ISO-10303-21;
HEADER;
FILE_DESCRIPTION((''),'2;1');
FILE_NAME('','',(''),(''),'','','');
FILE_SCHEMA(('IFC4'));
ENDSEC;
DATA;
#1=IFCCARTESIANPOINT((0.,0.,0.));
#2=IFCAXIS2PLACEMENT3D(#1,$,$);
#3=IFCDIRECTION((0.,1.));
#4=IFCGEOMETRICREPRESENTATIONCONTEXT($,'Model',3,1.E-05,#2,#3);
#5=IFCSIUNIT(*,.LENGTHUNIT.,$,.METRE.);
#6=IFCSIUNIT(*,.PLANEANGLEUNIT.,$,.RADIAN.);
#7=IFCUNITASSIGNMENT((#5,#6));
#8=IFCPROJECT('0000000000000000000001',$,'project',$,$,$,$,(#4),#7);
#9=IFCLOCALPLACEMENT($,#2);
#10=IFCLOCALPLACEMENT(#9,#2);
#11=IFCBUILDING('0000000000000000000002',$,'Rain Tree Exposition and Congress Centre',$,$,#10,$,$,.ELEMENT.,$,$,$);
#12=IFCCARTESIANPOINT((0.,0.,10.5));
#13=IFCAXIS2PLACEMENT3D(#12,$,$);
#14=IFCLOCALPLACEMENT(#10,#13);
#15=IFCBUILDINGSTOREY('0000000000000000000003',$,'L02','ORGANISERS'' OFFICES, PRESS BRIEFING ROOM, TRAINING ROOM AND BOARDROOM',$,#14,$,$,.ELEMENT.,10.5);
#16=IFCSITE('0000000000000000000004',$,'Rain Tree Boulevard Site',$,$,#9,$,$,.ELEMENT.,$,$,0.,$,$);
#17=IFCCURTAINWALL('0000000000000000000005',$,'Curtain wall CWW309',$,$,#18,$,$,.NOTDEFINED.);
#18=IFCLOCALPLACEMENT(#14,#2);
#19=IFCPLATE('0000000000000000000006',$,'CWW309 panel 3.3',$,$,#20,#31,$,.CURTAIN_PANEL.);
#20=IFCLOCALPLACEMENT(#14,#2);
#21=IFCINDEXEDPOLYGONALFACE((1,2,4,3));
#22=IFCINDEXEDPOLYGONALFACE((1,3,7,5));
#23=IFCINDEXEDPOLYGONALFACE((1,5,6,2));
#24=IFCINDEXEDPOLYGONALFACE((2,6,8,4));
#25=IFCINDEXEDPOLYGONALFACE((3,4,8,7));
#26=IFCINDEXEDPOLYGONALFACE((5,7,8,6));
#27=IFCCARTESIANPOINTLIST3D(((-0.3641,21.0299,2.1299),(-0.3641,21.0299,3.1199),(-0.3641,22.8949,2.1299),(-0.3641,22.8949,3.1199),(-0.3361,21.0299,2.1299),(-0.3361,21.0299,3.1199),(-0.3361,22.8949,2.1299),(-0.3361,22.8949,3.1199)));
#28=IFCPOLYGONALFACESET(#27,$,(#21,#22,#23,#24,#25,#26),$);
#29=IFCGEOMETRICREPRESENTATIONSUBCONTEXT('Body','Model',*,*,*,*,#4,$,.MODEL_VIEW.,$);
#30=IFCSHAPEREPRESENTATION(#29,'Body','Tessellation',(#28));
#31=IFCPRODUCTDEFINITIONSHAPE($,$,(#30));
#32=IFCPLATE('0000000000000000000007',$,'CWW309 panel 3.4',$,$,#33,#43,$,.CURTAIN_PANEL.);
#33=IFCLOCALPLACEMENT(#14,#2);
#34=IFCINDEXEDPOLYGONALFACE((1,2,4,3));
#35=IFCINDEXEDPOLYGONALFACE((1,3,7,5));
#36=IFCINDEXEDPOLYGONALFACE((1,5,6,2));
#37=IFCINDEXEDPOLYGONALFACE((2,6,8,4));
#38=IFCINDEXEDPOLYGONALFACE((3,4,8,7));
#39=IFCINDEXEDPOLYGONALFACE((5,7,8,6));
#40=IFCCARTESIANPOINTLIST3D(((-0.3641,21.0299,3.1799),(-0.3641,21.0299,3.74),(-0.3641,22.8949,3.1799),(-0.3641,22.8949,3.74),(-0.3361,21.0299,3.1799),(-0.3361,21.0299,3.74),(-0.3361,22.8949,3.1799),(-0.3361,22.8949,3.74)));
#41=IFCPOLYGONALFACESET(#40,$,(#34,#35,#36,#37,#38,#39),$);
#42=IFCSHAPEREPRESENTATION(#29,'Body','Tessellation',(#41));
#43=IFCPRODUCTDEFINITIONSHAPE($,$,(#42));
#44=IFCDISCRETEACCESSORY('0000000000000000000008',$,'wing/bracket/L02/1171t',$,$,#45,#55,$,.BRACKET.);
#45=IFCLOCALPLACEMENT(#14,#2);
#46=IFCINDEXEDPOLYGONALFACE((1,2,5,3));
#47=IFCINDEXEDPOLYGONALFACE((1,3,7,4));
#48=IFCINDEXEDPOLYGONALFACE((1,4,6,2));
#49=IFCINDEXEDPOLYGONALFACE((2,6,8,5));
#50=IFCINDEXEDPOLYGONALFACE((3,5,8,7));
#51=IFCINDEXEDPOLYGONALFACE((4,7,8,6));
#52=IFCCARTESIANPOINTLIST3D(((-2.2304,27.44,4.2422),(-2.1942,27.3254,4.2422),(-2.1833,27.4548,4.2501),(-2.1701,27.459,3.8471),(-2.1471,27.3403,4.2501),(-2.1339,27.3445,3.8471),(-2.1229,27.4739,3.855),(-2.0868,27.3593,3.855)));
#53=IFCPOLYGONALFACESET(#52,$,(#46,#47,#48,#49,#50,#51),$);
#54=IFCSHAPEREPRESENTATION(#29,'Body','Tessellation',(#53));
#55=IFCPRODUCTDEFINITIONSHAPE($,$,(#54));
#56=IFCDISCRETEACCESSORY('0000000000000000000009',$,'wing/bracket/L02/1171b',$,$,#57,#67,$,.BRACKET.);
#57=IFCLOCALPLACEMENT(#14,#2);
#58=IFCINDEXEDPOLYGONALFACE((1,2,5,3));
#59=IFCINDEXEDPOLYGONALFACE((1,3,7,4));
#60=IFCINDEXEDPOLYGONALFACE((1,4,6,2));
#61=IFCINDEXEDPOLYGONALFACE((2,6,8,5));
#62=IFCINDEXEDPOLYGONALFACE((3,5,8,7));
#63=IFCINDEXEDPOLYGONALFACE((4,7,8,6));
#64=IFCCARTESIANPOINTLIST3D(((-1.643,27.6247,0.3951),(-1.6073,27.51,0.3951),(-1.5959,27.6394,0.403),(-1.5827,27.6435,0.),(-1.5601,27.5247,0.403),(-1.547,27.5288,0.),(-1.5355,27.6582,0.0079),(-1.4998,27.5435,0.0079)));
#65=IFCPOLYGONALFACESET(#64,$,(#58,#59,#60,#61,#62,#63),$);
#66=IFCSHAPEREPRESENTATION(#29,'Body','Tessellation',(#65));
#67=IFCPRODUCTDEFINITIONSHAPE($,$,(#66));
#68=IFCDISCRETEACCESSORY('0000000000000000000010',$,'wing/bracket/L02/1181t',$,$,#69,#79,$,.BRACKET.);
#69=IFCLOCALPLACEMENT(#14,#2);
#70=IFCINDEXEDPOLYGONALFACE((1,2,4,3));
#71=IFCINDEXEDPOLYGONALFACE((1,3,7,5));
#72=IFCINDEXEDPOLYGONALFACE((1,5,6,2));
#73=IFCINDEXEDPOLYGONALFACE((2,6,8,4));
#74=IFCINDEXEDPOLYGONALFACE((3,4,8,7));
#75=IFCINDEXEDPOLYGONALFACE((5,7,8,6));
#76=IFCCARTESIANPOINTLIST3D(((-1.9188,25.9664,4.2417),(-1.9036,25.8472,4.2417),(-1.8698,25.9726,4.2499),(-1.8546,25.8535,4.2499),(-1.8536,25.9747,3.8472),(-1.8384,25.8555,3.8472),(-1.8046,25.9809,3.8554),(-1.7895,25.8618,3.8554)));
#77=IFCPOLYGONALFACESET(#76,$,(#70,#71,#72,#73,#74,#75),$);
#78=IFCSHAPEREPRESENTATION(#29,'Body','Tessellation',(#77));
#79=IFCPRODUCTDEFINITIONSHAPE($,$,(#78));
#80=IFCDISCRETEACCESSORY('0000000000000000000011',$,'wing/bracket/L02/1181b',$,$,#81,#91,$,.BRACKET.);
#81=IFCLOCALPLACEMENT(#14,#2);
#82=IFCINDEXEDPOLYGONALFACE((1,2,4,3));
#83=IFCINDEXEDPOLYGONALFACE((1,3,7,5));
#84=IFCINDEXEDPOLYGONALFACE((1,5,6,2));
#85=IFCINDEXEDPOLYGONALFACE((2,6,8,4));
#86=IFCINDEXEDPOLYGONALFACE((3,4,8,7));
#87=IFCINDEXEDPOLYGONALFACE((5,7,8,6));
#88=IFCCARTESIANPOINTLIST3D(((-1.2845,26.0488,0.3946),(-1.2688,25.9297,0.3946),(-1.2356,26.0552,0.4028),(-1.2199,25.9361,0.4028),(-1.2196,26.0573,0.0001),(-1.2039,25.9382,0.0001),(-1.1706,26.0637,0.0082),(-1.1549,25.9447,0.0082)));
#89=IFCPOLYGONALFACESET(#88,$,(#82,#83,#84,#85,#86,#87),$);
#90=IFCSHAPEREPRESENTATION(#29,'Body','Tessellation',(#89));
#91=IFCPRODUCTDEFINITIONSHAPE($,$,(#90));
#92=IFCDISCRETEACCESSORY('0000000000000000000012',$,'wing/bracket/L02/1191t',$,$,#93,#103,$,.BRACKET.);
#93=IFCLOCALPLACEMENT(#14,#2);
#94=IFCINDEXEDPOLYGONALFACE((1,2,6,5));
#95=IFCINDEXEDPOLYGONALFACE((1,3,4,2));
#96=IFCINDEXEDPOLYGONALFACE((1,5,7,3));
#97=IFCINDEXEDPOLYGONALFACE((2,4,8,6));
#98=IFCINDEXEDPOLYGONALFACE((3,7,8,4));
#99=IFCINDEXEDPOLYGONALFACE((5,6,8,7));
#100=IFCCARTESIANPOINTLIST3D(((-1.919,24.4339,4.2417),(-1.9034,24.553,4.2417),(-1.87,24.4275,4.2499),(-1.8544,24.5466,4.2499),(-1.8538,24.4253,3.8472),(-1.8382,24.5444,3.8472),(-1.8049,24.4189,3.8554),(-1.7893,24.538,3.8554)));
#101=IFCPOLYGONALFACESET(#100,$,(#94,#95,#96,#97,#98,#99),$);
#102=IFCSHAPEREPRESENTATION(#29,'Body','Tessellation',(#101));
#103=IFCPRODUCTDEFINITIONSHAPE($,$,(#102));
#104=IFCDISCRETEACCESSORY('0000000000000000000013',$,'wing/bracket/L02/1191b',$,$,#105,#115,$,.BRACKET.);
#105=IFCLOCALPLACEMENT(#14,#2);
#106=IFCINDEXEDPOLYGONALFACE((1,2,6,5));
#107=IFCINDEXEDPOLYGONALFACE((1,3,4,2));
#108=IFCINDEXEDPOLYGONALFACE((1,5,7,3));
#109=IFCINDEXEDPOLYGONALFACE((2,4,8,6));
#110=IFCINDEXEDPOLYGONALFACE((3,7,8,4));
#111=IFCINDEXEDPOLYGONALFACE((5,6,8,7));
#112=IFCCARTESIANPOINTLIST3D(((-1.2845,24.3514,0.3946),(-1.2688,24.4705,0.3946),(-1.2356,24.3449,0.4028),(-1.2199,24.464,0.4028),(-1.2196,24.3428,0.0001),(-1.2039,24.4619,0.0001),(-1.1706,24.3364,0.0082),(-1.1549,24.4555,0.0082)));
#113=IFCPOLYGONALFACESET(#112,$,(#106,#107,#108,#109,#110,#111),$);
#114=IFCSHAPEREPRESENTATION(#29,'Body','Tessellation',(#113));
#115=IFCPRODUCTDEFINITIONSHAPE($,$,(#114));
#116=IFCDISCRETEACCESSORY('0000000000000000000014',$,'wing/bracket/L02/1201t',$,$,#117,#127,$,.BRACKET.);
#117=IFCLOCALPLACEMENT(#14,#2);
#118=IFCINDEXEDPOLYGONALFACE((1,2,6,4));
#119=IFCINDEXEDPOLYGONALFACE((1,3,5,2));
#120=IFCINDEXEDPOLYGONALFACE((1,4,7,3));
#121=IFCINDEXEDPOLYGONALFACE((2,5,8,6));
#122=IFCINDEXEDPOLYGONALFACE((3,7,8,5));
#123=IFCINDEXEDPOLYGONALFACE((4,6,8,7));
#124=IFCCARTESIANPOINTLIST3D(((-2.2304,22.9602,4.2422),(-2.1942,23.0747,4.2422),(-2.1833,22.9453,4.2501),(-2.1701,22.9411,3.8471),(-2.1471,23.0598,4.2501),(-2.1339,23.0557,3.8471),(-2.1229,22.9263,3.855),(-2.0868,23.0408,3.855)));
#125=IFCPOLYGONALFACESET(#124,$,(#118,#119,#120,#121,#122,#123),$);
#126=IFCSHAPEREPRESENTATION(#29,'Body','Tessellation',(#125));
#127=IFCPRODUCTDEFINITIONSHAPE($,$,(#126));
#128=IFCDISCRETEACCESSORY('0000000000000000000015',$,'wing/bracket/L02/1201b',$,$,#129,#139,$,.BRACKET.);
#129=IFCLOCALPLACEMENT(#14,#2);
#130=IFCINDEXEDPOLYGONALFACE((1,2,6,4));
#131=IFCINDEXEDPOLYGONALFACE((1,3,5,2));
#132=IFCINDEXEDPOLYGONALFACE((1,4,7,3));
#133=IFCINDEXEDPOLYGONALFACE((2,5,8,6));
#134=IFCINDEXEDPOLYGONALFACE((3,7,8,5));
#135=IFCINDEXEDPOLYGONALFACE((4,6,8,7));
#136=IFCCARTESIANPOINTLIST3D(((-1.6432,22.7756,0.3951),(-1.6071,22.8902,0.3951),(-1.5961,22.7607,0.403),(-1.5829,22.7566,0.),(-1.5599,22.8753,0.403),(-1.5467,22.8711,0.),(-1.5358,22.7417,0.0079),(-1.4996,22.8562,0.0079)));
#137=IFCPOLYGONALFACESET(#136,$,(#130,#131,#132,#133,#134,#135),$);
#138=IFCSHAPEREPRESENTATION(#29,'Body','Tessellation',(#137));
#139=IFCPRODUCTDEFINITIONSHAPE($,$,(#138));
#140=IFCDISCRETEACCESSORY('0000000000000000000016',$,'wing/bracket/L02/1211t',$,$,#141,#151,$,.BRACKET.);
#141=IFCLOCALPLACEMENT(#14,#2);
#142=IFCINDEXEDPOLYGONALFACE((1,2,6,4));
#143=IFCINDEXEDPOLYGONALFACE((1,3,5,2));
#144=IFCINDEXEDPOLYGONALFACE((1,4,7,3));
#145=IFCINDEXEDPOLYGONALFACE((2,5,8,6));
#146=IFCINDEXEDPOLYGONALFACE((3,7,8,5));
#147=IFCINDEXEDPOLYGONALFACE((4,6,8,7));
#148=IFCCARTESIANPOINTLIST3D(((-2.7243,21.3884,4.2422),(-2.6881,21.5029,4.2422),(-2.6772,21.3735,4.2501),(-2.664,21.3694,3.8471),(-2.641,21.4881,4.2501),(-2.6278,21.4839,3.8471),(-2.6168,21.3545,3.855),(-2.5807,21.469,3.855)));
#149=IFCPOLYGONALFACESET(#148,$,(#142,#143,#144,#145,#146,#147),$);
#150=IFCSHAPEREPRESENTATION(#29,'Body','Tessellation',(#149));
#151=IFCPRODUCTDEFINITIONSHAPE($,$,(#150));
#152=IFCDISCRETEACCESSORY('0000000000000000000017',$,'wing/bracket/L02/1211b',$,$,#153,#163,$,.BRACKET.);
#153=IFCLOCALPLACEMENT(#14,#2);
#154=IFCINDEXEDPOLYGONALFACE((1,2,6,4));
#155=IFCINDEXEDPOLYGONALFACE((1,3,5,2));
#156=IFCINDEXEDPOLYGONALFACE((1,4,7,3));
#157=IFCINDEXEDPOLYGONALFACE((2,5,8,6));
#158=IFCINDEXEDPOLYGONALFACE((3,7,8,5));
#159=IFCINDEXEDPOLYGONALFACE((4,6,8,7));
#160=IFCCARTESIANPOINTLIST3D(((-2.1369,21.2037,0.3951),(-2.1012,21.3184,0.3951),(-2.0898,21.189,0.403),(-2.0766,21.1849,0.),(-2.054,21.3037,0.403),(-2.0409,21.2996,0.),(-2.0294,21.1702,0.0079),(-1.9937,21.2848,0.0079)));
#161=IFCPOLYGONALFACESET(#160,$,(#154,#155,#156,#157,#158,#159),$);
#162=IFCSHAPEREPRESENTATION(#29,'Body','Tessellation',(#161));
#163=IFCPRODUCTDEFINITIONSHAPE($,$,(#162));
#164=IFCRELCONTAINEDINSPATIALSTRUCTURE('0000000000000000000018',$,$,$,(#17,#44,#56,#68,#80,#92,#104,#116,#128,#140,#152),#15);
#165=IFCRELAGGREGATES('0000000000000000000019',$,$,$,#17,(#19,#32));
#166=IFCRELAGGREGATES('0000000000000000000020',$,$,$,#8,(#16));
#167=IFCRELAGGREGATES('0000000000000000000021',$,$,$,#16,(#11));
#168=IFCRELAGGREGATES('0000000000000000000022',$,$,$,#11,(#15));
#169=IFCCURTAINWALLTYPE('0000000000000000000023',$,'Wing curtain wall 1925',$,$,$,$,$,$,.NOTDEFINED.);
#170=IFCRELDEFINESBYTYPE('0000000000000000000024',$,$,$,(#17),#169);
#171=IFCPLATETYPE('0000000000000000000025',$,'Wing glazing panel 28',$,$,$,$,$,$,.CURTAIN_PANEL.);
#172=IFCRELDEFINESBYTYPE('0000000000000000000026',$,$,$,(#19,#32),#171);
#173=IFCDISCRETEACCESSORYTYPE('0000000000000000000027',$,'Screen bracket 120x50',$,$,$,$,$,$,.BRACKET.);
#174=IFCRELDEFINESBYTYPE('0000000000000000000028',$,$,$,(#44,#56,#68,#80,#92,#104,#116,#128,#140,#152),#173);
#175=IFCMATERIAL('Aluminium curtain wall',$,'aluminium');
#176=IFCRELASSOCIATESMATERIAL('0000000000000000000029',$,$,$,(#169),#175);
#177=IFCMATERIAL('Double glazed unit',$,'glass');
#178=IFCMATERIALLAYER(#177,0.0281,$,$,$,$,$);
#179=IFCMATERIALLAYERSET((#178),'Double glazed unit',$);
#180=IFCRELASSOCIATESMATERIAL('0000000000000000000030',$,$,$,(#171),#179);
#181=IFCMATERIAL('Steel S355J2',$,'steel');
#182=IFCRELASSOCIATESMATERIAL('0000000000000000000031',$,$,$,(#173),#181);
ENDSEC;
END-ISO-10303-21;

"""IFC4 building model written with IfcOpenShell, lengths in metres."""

from ifc_helpers import new_model, si_unit, direction, frame, origin, origin_2d, place, context, subcontext, project, spatial, rectangle, extrude, material, layer, layer_set, material_profile, profile_set, type_object, element, aggregate, save


model = new_model("IFC4")

# Units and contexts
model_context = context("Model", 3, precision=1e-05, world=origin(), true_north=direction((0.0, 1.0)))
body_context = subcontext(model_context, "Body", "Model", "MODEL_VIEW")
ifc_project = project(units=[si_unit("LENGTHUNIT", "METRE"), si_unit("PLANEANGLEUNIT", "RADIAN")], contexts=[model_context])

# Site, building, storey
site_placement = place(None, origin())
site = spatial("IfcSite", under=ifc_project, at=site_placement, Name="Rain Tree Boulevard Site", CompositionType="ELEMENT", RefElevation=0.0)
building_placement = place(site_placement, origin())
building = spatial("IfcBuilding", under=site, at=building_placement, Name="Rain Tree Exposition and Congress Centre", CompositionType="ELEMENT")
storey_placement = place(building_placement, frame((0.0, 0.0, 10.5)))
storey = spatial("IfcBuildingStorey", under=building, at=storey_placement, Name="L02", Description="ORGANISERS' OFFICES, PRESS BRIEFING ROOM, TRAINING ROOM AND BOARDROOM", CompositionType="ELEMENT", Elevation=10.5)

# Curtain wall, plates
ifc_material_1 = material(Name="Aluminium curtain wall", Category="aluminium")
curtain_wall_type = type_object("IfcCurtainWallType", Name="Wing curtain wall 1925", PredefinedType="NOTDEFINED", material=ifc_material_1)
curtain_wall_placement = place(storey_placement, origin())
curtain_wall = element("IfcCurtainWall", 1, at=curtain_wall_placement, inside=storey, type_object=curtain_wall_type, Name="Curtain wall CWW309", PredefinedType="NOTDEFINED")
ifc_material_2 = material(Name="Double glazed unit", Category="glass")
ifc_layer_1 = layer(ifc_material_2, 0.0281)
ifc_layer_set_1 = layer_set([ifc_layer_1], Name="Double glazed unit")
plate_type = type_object("IfcPlateType", Name="Wing glazing panel 28", PredefinedType="CURTAIN_PANEL", material=ifc_layer_set_1)
plate_1_placement = place(storey_placement, frame((-0.3501, 21.9624, 2.1299), z_axis=(0.0, 0.0, 1.0), x_axis=(0.0, 1.0, 0.0)))
plate_1 = element("IfcPlate", 2, at=plate_1_placement, type_object=plate_type, Name="CWW309 panel 3.3", PredefinedType="CURTAIN_PANEL", context=body_context, shape_type="SweptSolid", body=[
    extrude(rectangle(XDim=1.865, YDim=0.0281, at=origin_2d()), origin(), (0.0, 0.0, 1.0), 0.99),
])
plate_2_placement = place(storey_placement, frame((-0.3501, 21.9624, 3.1799), z_axis=(0.0, 0.0, 1.0), x_axis=(0.0, 1.0, 0.0)))
plate_2 = element("IfcPlate", 3, at=plate_2_placement, type_object=plate_type, Name="CWW309 panel 3.4", PredefinedType="CURTAIN_PANEL", context=body_context, shape_type="SweptSolid", body=[
    extrude(rectangle(XDim=1.865, YDim=0.0281, at=origin_2d()), origin(), (0.0, 0.0, 1.0), 0.5601),
])
aggregate(curtain_wall, [plate_1, plate_2])

# Discrete accessories
ifc_material_3 = material(Name="Steel S355J2", Category="steel")
ifc_material_profile_1 = material_profile(ifc_material_3, rectangle(XDim=0.1201, YDim=0.05, at=origin_2d()), Name="Flat bar 120x50")
ifc_profile_set_1 = profile_set([ifc_material_profile_1], Name="Steel S355J2")
discrete_accessory_type = type_object("IfcDiscreteAccessoryType", Name="Screen bracket 120x50", PredefinedType="BRACKET", material=ifc_profile_set_1)
for number, where, z_axis, x_axis, name in (
    (4, (-2.1284, 27.4092, 3.8511), (-0.150738, -0.047602, 0.987427), (0.301131, -0.953583, 0.0), "wing/bracket/L02/1171t"),
    (5, (-1.5413, 27.5935, 0.0039), (-0.150743, -0.046993, 0.987456), (0.297615, -0.954686, 0.0), "wing/bracket/L02/1171b"),
):
    element("IfcDiscreteAccessory", number, at=place(storey_placement, frame(where, z_axis=z_axis, x_axis=x_axis)), inside=storey, type_object=discrete_accessory_type, Name=name, PredefinedType="BRACKET", context=body_context, shape_type="SweptSolid", body=[
        extrude(rectangle(XDim=0.1201, YDim=0.05, at=origin_2d()), origin(), (0.0, 0.0, 1.0), 0.4001),
    ])
for number, where, z_axis, x_axis, name in (
    (6, (-1.8215, 25.9182, 3.8513), (-0.162978, -0.020754, 0.986411), (0.126321, -0.991989, 0.0), "wing/bracket/L02/1181t"),
    (7, (-1.1873, 26.001, 0.0042), (-0.162381, -0.021366, 0.986497), (0.130455, -0.991454, 0.0), "wing/bracket/L02/1181b"),
    (8, (-1.8215, 24.4817, 3.8513), (-0.162976, 0.021364, 0.986399), (-0.129974, -0.991517, 0.0), "wing/bracket/L02/1191t"),
    (9, (-1.1873, 24.3992, 0.0042), (-0.162381, 0.021366, 0.986497), (-0.130455, -0.991454, 0.0), "wing/bracket/L02/1191b"),
):
    element("IfcDiscreteAccessory", number, at=place(storey_placement, frame(where, z_axis=z_axis, x_axis=x_axis)), inside=storey, type_object=discrete_accessory_type, Name=name, PredefinedType="BRACKET", context=body_context, shape_type="SweptSolid", body=[
        extrude(rectangle(XDim=0.1201, YDim=0.05, at=origin_2d()), origin(), (0.0, 0.0, 1.0), 0.3999),
    ])
for number, where, z_axis, x_axis, name in (
    (10, (-2.1284, 22.991, 3.8511), (-0.150738, 0.047602, 0.987427), (-0.301131, -0.953583, 0.0), "wing/bracket/L02/1201t"),
    (11, (-1.5413, 22.8064, 0.0039), (-0.150738, 0.047602, 0.987427), (-0.301131, -0.953583, 0.0), "wing/bracket/L02/1201b"),
    (12, (-2.6223, 21.4192, 3.8511), (-0.150738, 0.047602, 0.987427), (-0.301131, -0.953583, 0.0), "wing/bracket/L02/1211t"),
    (13, (-2.0352, 21.2349, 0.0039), (-0.150743, 0.046993, 0.987456), (-0.297615, -0.954686, 0.0), "wing/bracket/L02/1211b"),
):
    element("IfcDiscreteAccessory", number, at=place(storey_placement, frame(where, z_axis=z_axis, x_axis=x_axis)), inside=storey, type_object=discrete_accessory_type, Name=name, PredefinedType="BRACKET", context=body_context, shape_type="SweptSolid", body=[
        extrude(rectangle(XDim=0.1201, YDim=0.05, at=origin_2d()), origin(), (0.0, 0.0, 1.0), 0.4001),
    ])

save(model, "model.ifc")
